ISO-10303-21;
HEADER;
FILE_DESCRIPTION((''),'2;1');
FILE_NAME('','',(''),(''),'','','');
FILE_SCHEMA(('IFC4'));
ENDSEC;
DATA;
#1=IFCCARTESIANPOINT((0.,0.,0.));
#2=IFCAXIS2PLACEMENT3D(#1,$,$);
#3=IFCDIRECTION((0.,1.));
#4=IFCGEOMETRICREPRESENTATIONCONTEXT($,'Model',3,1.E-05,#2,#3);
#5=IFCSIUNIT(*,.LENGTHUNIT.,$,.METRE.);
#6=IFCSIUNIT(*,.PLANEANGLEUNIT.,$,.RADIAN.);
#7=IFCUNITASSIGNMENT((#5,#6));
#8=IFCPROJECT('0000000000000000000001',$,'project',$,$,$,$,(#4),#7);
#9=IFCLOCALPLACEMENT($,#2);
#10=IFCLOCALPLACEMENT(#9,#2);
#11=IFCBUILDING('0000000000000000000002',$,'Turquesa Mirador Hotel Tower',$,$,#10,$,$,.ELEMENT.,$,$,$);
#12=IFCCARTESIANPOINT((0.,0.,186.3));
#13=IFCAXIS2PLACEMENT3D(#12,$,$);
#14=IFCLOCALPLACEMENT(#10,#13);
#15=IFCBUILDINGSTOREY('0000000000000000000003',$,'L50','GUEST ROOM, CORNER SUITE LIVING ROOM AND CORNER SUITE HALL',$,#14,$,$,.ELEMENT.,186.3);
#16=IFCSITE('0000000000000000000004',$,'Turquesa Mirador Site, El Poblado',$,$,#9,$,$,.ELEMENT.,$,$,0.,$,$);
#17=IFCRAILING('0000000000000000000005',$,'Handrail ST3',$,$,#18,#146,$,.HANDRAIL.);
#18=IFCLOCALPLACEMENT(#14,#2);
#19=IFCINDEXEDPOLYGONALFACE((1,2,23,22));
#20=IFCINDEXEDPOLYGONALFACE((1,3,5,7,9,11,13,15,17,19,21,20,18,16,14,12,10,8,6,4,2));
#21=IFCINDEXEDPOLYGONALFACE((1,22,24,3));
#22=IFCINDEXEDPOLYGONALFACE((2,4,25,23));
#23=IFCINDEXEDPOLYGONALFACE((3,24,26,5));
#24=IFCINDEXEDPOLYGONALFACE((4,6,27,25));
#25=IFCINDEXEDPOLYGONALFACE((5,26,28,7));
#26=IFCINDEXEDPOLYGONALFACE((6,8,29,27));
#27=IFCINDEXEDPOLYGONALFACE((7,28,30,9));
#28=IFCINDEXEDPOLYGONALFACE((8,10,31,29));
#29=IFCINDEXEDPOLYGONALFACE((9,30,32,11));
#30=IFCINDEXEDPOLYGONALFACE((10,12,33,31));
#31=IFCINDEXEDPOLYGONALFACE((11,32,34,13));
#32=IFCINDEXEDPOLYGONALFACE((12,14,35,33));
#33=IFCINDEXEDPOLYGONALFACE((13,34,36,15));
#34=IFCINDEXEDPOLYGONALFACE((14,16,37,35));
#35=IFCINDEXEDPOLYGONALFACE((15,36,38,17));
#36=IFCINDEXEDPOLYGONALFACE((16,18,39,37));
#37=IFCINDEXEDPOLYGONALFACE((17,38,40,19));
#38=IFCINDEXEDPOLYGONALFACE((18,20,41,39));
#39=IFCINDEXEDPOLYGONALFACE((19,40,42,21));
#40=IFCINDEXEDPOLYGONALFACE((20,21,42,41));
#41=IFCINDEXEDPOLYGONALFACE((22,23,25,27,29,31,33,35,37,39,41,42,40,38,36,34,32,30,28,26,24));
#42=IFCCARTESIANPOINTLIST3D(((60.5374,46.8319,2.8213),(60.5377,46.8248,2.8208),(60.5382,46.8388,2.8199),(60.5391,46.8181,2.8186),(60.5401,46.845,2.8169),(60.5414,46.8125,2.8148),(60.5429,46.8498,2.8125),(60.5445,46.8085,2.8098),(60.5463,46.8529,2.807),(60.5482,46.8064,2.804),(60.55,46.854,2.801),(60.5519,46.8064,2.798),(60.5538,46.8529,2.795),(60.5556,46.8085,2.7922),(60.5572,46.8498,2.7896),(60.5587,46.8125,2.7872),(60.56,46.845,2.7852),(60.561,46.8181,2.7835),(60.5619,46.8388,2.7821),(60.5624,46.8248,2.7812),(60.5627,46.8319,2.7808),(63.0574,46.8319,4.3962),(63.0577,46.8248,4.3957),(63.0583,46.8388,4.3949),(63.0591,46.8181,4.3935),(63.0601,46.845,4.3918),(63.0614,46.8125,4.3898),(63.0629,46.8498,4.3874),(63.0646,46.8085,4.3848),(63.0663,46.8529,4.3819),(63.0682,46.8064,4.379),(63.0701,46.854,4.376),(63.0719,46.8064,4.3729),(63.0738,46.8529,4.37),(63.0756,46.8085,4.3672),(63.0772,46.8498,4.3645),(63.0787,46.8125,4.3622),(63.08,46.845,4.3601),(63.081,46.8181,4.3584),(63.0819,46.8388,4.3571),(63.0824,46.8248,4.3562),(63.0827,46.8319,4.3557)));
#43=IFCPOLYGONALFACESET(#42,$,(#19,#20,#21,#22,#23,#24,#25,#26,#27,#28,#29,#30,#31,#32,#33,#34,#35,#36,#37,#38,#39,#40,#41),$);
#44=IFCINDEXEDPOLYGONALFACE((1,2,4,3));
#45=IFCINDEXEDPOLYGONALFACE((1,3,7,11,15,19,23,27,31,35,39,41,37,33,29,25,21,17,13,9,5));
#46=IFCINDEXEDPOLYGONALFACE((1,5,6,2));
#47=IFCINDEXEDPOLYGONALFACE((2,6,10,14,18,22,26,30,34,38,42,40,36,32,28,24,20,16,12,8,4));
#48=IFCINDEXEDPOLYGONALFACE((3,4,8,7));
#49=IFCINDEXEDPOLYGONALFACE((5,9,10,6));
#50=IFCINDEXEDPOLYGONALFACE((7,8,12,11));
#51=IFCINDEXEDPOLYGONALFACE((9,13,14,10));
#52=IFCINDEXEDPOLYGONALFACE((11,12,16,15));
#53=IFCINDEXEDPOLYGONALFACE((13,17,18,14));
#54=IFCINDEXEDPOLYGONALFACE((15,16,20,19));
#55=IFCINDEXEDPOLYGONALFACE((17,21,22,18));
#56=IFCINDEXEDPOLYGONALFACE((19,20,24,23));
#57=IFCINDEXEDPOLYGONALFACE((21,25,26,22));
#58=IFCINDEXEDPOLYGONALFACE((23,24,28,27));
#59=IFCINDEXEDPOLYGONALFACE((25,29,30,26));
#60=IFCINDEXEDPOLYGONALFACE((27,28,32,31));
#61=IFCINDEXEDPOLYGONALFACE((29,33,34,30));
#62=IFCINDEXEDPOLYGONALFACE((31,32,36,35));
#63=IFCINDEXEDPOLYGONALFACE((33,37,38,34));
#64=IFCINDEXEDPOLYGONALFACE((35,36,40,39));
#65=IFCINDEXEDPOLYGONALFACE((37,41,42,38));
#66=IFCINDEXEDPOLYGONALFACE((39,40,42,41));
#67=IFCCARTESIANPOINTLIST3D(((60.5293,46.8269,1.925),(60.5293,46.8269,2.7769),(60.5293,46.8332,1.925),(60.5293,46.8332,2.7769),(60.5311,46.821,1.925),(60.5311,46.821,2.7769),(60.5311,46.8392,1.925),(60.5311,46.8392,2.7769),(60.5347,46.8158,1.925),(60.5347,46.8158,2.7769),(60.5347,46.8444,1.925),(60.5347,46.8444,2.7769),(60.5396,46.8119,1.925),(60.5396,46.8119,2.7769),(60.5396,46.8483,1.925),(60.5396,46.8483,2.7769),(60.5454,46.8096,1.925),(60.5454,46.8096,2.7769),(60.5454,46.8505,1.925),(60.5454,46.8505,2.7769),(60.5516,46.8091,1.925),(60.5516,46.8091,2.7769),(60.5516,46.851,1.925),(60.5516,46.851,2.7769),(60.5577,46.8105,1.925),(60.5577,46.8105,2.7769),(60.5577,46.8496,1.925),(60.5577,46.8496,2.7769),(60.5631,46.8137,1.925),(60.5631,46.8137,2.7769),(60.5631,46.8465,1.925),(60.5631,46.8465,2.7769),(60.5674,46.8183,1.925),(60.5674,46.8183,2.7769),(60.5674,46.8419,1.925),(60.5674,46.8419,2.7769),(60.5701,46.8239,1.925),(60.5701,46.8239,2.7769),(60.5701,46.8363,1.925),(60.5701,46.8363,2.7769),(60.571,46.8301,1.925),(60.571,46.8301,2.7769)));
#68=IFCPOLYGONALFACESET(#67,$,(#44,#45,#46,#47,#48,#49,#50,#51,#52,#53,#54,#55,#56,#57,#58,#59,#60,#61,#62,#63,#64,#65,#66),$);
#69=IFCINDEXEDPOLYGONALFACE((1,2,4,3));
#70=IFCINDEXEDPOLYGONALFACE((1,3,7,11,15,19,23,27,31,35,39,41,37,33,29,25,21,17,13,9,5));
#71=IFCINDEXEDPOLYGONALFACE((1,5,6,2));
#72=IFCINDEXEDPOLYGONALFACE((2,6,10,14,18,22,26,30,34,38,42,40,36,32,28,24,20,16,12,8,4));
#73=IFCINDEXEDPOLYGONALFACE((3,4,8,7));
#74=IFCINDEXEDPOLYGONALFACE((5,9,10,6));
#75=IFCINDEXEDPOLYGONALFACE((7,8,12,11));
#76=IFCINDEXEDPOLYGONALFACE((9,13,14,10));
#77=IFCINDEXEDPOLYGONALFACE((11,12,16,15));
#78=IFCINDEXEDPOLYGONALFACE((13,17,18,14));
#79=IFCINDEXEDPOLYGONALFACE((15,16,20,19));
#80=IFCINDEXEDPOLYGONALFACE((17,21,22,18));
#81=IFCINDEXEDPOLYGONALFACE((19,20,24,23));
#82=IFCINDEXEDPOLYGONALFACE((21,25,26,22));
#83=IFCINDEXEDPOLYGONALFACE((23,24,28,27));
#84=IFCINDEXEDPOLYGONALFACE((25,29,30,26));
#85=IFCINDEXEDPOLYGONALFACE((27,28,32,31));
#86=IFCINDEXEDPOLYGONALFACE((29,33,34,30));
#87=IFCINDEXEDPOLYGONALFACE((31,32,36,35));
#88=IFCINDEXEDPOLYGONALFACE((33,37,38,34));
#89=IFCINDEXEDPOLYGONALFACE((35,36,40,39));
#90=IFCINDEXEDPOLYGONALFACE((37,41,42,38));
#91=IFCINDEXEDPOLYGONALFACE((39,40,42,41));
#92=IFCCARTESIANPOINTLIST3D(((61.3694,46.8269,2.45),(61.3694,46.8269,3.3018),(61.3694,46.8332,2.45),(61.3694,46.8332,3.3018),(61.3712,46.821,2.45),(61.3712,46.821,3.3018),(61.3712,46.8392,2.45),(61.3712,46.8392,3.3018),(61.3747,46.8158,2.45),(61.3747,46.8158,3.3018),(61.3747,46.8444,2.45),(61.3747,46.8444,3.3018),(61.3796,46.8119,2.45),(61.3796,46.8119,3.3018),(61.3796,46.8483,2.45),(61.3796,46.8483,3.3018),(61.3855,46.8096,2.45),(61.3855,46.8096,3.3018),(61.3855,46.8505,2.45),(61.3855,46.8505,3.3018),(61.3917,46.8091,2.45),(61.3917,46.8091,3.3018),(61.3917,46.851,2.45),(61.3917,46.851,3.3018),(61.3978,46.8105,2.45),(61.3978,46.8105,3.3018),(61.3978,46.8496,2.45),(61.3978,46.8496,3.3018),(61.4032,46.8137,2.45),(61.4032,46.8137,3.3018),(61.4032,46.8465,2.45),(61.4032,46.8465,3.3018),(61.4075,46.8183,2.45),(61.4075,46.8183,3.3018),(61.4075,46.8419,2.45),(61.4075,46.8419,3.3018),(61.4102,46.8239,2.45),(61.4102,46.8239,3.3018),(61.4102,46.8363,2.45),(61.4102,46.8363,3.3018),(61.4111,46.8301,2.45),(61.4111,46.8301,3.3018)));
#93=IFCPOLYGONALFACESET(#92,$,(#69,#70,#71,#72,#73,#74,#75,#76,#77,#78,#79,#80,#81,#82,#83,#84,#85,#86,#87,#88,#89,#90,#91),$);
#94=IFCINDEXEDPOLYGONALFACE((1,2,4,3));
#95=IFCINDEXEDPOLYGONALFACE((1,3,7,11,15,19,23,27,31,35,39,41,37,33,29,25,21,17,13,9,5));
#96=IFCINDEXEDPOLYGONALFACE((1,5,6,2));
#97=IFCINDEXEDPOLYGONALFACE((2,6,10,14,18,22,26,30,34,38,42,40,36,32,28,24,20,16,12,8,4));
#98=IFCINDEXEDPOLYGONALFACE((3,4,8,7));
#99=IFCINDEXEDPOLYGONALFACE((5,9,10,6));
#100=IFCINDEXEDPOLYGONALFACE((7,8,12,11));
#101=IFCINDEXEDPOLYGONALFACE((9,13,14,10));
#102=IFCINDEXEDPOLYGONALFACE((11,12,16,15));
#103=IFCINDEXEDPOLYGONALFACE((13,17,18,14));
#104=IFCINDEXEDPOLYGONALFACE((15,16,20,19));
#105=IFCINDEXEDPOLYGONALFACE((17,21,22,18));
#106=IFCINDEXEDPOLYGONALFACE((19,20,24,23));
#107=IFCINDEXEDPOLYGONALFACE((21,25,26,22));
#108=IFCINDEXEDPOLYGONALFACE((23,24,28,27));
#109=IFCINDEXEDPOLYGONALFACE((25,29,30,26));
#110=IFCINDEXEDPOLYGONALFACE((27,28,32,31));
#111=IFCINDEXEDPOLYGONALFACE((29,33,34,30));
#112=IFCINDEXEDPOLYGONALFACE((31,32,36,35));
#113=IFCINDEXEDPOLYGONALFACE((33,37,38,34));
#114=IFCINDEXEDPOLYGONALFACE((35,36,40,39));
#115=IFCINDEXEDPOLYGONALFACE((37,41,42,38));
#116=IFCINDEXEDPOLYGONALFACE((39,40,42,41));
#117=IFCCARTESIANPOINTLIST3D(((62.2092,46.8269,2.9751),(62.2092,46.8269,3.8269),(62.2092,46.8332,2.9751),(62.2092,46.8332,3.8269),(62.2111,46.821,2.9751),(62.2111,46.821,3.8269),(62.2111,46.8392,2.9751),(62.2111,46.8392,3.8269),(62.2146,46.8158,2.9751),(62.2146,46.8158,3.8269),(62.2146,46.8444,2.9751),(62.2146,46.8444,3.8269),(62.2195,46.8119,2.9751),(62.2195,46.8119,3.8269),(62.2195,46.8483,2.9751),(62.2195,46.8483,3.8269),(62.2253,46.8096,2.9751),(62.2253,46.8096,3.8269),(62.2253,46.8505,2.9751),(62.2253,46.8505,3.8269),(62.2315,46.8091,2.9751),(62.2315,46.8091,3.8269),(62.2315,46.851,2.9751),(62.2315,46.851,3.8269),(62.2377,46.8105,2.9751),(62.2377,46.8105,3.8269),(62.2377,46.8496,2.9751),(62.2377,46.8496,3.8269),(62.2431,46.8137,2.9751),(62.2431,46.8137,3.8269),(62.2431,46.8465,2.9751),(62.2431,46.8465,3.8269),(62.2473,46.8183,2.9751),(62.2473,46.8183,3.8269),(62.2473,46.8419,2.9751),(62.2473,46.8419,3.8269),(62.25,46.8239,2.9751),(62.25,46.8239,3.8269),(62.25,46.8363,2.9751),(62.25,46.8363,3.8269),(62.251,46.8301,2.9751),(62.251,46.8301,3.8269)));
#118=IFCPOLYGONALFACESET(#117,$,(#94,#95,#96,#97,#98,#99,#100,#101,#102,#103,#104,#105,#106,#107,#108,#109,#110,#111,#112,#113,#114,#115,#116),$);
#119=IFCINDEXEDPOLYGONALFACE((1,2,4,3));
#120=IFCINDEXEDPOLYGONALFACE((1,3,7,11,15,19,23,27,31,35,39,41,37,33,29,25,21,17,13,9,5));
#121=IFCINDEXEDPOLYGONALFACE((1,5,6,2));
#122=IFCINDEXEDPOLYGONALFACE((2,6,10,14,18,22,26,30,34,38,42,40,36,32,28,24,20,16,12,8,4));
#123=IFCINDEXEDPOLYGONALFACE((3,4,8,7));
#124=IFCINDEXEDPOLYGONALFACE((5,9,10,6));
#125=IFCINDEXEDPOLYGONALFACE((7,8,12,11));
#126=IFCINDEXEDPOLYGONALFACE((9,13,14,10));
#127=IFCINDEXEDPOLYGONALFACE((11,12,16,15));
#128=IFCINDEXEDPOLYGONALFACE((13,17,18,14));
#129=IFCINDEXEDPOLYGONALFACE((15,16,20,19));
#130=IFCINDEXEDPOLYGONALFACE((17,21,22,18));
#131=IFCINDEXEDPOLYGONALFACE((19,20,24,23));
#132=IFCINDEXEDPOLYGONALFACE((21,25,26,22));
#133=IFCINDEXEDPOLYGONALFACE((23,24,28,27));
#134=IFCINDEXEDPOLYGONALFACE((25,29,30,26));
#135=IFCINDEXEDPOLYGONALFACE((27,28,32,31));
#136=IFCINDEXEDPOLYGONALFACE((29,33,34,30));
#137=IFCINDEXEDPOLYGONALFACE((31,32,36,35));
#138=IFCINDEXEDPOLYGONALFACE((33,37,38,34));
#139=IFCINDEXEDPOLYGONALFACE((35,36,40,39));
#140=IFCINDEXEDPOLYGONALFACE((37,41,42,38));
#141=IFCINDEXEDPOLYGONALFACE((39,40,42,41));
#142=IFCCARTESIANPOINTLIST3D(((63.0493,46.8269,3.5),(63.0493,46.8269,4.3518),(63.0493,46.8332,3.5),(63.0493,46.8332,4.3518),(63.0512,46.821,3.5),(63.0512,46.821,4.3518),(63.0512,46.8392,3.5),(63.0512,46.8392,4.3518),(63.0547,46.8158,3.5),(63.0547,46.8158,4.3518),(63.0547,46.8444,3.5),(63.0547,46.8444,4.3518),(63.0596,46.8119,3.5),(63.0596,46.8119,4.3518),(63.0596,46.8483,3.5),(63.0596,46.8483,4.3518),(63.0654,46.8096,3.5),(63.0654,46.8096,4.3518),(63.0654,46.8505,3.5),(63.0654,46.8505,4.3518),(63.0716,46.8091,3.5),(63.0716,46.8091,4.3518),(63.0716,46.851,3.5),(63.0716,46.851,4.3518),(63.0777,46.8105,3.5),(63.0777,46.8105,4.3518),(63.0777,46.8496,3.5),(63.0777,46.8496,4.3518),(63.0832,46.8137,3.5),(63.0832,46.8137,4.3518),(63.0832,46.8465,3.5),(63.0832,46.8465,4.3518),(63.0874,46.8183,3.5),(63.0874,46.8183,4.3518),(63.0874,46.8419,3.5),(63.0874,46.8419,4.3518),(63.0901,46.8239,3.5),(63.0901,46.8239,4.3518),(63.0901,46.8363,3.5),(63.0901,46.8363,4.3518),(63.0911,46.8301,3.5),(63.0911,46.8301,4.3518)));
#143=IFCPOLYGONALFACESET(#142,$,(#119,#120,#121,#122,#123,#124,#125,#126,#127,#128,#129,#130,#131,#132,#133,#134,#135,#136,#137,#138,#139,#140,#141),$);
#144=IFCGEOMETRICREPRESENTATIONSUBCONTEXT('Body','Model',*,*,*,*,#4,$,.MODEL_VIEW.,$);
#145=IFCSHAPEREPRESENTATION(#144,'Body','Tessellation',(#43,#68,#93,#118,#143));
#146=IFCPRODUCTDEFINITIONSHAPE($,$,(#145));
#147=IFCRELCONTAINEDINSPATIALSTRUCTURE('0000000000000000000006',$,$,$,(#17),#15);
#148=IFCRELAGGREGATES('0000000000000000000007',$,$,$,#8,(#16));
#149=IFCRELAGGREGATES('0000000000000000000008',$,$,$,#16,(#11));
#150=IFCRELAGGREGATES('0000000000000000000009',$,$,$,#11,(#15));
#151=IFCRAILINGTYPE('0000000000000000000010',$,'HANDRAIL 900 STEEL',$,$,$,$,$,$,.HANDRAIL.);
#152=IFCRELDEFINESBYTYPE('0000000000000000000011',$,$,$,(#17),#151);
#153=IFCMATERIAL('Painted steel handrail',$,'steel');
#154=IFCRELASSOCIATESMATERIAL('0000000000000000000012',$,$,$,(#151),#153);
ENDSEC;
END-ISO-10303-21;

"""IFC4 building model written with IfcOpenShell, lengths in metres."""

from ifc_helpers import new_model, si_unit, direction, frame, origin, origin_2d, place, context, subcontext, project, spatial, circle, extrude, material, type_object, element, save


model = new_model("IFC4")

# Units and contexts
model_context = context("Model", 3, precision=1e-05, world=origin(), true_north=direction((0.0, 1.0)))
body_context = subcontext(model_context, "Body", "Model", "MODEL_VIEW")
ifc_project = project(units=[si_unit("LENGTHUNIT", "METRE"), si_unit("PLANEANGLEUNIT", "RADIAN")], contexts=[model_context])

# Site, building, storey
site_placement = place(None, origin())
site = spatial("IfcSite", under=ifc_project, at=site_placement, Name="Turquesa Mirador Site, El Poblado", CompositionType="ELEMENT", RefElevation=0.0)
building_placement = place(site_placement, origin())
building = spatial("IfcBuilding", under=site, at=building_placement, Name="Turquesa Mirador Hotel Tower", CompositionType="ELEMENT")
storey_placement = place(building_placement, frame((0.0, 0.0, 186.3)))
storey = spatial("IfcBuildingStorey", under=building, at=storey_placement, Name="L50", Description="GUEST ROOM, CORNER SUITE LIVING ROOM AND CORNER SUITE HALL", CompositionType="ELEMENT", Elevation=186.3)

# Railing
ifc_material_1 = material(Name="Painted steel handrail", Category="steel")
railing_type = type_object("IfcRailingType", Name="HANDRAIL 900 STEEL", PredefinedType="HANDRAIL", material=ifc_material_1)
railing_1_placement = place(storey_placement, frame((60.55, 46.8301, 1.925)))
element("IfcRailing", 1, at=railing_1_placement, inside=storey, type_object=railing_type, Name="Handrail ST3", PredefinedType="HANDRAIL", context=body_context, shape_type="SweptSolid", body=[
    extrude(circle(Radius=0.0239, at=origin_2d()), frame((0.0, 0.0, 0.876), z_axis=(0.848008, 0.0, 0.529984), x_axis=(0.0, 1.0, 0.0)), (0.0, 0.0, 1.0), 2.9717),
    extrude(circle(Radius=0.021, at=origin_2d()), origin(), (0.0, 0.0, 1.0), 0.8518),
    extrude(circle(Radius=0.021, at=origin_2d()), frame((0.8401, 0.0, 0.5249)), (0.0, 0.0, 1.0), 0.8518),
    extrude(circle(Radius=0.021, at=origin_2d()), frame((1.6799, 0.0, 1.05)), (0.0, 0.0, 1.0), 0.8518),
    extrude(circle(Radius=0.021, at=origin_2d()), frame((2.52, 0.0, 1.575)), (0.0, 0.0, 1.0), 0.8518),
])

save(model, "model.ifc")
